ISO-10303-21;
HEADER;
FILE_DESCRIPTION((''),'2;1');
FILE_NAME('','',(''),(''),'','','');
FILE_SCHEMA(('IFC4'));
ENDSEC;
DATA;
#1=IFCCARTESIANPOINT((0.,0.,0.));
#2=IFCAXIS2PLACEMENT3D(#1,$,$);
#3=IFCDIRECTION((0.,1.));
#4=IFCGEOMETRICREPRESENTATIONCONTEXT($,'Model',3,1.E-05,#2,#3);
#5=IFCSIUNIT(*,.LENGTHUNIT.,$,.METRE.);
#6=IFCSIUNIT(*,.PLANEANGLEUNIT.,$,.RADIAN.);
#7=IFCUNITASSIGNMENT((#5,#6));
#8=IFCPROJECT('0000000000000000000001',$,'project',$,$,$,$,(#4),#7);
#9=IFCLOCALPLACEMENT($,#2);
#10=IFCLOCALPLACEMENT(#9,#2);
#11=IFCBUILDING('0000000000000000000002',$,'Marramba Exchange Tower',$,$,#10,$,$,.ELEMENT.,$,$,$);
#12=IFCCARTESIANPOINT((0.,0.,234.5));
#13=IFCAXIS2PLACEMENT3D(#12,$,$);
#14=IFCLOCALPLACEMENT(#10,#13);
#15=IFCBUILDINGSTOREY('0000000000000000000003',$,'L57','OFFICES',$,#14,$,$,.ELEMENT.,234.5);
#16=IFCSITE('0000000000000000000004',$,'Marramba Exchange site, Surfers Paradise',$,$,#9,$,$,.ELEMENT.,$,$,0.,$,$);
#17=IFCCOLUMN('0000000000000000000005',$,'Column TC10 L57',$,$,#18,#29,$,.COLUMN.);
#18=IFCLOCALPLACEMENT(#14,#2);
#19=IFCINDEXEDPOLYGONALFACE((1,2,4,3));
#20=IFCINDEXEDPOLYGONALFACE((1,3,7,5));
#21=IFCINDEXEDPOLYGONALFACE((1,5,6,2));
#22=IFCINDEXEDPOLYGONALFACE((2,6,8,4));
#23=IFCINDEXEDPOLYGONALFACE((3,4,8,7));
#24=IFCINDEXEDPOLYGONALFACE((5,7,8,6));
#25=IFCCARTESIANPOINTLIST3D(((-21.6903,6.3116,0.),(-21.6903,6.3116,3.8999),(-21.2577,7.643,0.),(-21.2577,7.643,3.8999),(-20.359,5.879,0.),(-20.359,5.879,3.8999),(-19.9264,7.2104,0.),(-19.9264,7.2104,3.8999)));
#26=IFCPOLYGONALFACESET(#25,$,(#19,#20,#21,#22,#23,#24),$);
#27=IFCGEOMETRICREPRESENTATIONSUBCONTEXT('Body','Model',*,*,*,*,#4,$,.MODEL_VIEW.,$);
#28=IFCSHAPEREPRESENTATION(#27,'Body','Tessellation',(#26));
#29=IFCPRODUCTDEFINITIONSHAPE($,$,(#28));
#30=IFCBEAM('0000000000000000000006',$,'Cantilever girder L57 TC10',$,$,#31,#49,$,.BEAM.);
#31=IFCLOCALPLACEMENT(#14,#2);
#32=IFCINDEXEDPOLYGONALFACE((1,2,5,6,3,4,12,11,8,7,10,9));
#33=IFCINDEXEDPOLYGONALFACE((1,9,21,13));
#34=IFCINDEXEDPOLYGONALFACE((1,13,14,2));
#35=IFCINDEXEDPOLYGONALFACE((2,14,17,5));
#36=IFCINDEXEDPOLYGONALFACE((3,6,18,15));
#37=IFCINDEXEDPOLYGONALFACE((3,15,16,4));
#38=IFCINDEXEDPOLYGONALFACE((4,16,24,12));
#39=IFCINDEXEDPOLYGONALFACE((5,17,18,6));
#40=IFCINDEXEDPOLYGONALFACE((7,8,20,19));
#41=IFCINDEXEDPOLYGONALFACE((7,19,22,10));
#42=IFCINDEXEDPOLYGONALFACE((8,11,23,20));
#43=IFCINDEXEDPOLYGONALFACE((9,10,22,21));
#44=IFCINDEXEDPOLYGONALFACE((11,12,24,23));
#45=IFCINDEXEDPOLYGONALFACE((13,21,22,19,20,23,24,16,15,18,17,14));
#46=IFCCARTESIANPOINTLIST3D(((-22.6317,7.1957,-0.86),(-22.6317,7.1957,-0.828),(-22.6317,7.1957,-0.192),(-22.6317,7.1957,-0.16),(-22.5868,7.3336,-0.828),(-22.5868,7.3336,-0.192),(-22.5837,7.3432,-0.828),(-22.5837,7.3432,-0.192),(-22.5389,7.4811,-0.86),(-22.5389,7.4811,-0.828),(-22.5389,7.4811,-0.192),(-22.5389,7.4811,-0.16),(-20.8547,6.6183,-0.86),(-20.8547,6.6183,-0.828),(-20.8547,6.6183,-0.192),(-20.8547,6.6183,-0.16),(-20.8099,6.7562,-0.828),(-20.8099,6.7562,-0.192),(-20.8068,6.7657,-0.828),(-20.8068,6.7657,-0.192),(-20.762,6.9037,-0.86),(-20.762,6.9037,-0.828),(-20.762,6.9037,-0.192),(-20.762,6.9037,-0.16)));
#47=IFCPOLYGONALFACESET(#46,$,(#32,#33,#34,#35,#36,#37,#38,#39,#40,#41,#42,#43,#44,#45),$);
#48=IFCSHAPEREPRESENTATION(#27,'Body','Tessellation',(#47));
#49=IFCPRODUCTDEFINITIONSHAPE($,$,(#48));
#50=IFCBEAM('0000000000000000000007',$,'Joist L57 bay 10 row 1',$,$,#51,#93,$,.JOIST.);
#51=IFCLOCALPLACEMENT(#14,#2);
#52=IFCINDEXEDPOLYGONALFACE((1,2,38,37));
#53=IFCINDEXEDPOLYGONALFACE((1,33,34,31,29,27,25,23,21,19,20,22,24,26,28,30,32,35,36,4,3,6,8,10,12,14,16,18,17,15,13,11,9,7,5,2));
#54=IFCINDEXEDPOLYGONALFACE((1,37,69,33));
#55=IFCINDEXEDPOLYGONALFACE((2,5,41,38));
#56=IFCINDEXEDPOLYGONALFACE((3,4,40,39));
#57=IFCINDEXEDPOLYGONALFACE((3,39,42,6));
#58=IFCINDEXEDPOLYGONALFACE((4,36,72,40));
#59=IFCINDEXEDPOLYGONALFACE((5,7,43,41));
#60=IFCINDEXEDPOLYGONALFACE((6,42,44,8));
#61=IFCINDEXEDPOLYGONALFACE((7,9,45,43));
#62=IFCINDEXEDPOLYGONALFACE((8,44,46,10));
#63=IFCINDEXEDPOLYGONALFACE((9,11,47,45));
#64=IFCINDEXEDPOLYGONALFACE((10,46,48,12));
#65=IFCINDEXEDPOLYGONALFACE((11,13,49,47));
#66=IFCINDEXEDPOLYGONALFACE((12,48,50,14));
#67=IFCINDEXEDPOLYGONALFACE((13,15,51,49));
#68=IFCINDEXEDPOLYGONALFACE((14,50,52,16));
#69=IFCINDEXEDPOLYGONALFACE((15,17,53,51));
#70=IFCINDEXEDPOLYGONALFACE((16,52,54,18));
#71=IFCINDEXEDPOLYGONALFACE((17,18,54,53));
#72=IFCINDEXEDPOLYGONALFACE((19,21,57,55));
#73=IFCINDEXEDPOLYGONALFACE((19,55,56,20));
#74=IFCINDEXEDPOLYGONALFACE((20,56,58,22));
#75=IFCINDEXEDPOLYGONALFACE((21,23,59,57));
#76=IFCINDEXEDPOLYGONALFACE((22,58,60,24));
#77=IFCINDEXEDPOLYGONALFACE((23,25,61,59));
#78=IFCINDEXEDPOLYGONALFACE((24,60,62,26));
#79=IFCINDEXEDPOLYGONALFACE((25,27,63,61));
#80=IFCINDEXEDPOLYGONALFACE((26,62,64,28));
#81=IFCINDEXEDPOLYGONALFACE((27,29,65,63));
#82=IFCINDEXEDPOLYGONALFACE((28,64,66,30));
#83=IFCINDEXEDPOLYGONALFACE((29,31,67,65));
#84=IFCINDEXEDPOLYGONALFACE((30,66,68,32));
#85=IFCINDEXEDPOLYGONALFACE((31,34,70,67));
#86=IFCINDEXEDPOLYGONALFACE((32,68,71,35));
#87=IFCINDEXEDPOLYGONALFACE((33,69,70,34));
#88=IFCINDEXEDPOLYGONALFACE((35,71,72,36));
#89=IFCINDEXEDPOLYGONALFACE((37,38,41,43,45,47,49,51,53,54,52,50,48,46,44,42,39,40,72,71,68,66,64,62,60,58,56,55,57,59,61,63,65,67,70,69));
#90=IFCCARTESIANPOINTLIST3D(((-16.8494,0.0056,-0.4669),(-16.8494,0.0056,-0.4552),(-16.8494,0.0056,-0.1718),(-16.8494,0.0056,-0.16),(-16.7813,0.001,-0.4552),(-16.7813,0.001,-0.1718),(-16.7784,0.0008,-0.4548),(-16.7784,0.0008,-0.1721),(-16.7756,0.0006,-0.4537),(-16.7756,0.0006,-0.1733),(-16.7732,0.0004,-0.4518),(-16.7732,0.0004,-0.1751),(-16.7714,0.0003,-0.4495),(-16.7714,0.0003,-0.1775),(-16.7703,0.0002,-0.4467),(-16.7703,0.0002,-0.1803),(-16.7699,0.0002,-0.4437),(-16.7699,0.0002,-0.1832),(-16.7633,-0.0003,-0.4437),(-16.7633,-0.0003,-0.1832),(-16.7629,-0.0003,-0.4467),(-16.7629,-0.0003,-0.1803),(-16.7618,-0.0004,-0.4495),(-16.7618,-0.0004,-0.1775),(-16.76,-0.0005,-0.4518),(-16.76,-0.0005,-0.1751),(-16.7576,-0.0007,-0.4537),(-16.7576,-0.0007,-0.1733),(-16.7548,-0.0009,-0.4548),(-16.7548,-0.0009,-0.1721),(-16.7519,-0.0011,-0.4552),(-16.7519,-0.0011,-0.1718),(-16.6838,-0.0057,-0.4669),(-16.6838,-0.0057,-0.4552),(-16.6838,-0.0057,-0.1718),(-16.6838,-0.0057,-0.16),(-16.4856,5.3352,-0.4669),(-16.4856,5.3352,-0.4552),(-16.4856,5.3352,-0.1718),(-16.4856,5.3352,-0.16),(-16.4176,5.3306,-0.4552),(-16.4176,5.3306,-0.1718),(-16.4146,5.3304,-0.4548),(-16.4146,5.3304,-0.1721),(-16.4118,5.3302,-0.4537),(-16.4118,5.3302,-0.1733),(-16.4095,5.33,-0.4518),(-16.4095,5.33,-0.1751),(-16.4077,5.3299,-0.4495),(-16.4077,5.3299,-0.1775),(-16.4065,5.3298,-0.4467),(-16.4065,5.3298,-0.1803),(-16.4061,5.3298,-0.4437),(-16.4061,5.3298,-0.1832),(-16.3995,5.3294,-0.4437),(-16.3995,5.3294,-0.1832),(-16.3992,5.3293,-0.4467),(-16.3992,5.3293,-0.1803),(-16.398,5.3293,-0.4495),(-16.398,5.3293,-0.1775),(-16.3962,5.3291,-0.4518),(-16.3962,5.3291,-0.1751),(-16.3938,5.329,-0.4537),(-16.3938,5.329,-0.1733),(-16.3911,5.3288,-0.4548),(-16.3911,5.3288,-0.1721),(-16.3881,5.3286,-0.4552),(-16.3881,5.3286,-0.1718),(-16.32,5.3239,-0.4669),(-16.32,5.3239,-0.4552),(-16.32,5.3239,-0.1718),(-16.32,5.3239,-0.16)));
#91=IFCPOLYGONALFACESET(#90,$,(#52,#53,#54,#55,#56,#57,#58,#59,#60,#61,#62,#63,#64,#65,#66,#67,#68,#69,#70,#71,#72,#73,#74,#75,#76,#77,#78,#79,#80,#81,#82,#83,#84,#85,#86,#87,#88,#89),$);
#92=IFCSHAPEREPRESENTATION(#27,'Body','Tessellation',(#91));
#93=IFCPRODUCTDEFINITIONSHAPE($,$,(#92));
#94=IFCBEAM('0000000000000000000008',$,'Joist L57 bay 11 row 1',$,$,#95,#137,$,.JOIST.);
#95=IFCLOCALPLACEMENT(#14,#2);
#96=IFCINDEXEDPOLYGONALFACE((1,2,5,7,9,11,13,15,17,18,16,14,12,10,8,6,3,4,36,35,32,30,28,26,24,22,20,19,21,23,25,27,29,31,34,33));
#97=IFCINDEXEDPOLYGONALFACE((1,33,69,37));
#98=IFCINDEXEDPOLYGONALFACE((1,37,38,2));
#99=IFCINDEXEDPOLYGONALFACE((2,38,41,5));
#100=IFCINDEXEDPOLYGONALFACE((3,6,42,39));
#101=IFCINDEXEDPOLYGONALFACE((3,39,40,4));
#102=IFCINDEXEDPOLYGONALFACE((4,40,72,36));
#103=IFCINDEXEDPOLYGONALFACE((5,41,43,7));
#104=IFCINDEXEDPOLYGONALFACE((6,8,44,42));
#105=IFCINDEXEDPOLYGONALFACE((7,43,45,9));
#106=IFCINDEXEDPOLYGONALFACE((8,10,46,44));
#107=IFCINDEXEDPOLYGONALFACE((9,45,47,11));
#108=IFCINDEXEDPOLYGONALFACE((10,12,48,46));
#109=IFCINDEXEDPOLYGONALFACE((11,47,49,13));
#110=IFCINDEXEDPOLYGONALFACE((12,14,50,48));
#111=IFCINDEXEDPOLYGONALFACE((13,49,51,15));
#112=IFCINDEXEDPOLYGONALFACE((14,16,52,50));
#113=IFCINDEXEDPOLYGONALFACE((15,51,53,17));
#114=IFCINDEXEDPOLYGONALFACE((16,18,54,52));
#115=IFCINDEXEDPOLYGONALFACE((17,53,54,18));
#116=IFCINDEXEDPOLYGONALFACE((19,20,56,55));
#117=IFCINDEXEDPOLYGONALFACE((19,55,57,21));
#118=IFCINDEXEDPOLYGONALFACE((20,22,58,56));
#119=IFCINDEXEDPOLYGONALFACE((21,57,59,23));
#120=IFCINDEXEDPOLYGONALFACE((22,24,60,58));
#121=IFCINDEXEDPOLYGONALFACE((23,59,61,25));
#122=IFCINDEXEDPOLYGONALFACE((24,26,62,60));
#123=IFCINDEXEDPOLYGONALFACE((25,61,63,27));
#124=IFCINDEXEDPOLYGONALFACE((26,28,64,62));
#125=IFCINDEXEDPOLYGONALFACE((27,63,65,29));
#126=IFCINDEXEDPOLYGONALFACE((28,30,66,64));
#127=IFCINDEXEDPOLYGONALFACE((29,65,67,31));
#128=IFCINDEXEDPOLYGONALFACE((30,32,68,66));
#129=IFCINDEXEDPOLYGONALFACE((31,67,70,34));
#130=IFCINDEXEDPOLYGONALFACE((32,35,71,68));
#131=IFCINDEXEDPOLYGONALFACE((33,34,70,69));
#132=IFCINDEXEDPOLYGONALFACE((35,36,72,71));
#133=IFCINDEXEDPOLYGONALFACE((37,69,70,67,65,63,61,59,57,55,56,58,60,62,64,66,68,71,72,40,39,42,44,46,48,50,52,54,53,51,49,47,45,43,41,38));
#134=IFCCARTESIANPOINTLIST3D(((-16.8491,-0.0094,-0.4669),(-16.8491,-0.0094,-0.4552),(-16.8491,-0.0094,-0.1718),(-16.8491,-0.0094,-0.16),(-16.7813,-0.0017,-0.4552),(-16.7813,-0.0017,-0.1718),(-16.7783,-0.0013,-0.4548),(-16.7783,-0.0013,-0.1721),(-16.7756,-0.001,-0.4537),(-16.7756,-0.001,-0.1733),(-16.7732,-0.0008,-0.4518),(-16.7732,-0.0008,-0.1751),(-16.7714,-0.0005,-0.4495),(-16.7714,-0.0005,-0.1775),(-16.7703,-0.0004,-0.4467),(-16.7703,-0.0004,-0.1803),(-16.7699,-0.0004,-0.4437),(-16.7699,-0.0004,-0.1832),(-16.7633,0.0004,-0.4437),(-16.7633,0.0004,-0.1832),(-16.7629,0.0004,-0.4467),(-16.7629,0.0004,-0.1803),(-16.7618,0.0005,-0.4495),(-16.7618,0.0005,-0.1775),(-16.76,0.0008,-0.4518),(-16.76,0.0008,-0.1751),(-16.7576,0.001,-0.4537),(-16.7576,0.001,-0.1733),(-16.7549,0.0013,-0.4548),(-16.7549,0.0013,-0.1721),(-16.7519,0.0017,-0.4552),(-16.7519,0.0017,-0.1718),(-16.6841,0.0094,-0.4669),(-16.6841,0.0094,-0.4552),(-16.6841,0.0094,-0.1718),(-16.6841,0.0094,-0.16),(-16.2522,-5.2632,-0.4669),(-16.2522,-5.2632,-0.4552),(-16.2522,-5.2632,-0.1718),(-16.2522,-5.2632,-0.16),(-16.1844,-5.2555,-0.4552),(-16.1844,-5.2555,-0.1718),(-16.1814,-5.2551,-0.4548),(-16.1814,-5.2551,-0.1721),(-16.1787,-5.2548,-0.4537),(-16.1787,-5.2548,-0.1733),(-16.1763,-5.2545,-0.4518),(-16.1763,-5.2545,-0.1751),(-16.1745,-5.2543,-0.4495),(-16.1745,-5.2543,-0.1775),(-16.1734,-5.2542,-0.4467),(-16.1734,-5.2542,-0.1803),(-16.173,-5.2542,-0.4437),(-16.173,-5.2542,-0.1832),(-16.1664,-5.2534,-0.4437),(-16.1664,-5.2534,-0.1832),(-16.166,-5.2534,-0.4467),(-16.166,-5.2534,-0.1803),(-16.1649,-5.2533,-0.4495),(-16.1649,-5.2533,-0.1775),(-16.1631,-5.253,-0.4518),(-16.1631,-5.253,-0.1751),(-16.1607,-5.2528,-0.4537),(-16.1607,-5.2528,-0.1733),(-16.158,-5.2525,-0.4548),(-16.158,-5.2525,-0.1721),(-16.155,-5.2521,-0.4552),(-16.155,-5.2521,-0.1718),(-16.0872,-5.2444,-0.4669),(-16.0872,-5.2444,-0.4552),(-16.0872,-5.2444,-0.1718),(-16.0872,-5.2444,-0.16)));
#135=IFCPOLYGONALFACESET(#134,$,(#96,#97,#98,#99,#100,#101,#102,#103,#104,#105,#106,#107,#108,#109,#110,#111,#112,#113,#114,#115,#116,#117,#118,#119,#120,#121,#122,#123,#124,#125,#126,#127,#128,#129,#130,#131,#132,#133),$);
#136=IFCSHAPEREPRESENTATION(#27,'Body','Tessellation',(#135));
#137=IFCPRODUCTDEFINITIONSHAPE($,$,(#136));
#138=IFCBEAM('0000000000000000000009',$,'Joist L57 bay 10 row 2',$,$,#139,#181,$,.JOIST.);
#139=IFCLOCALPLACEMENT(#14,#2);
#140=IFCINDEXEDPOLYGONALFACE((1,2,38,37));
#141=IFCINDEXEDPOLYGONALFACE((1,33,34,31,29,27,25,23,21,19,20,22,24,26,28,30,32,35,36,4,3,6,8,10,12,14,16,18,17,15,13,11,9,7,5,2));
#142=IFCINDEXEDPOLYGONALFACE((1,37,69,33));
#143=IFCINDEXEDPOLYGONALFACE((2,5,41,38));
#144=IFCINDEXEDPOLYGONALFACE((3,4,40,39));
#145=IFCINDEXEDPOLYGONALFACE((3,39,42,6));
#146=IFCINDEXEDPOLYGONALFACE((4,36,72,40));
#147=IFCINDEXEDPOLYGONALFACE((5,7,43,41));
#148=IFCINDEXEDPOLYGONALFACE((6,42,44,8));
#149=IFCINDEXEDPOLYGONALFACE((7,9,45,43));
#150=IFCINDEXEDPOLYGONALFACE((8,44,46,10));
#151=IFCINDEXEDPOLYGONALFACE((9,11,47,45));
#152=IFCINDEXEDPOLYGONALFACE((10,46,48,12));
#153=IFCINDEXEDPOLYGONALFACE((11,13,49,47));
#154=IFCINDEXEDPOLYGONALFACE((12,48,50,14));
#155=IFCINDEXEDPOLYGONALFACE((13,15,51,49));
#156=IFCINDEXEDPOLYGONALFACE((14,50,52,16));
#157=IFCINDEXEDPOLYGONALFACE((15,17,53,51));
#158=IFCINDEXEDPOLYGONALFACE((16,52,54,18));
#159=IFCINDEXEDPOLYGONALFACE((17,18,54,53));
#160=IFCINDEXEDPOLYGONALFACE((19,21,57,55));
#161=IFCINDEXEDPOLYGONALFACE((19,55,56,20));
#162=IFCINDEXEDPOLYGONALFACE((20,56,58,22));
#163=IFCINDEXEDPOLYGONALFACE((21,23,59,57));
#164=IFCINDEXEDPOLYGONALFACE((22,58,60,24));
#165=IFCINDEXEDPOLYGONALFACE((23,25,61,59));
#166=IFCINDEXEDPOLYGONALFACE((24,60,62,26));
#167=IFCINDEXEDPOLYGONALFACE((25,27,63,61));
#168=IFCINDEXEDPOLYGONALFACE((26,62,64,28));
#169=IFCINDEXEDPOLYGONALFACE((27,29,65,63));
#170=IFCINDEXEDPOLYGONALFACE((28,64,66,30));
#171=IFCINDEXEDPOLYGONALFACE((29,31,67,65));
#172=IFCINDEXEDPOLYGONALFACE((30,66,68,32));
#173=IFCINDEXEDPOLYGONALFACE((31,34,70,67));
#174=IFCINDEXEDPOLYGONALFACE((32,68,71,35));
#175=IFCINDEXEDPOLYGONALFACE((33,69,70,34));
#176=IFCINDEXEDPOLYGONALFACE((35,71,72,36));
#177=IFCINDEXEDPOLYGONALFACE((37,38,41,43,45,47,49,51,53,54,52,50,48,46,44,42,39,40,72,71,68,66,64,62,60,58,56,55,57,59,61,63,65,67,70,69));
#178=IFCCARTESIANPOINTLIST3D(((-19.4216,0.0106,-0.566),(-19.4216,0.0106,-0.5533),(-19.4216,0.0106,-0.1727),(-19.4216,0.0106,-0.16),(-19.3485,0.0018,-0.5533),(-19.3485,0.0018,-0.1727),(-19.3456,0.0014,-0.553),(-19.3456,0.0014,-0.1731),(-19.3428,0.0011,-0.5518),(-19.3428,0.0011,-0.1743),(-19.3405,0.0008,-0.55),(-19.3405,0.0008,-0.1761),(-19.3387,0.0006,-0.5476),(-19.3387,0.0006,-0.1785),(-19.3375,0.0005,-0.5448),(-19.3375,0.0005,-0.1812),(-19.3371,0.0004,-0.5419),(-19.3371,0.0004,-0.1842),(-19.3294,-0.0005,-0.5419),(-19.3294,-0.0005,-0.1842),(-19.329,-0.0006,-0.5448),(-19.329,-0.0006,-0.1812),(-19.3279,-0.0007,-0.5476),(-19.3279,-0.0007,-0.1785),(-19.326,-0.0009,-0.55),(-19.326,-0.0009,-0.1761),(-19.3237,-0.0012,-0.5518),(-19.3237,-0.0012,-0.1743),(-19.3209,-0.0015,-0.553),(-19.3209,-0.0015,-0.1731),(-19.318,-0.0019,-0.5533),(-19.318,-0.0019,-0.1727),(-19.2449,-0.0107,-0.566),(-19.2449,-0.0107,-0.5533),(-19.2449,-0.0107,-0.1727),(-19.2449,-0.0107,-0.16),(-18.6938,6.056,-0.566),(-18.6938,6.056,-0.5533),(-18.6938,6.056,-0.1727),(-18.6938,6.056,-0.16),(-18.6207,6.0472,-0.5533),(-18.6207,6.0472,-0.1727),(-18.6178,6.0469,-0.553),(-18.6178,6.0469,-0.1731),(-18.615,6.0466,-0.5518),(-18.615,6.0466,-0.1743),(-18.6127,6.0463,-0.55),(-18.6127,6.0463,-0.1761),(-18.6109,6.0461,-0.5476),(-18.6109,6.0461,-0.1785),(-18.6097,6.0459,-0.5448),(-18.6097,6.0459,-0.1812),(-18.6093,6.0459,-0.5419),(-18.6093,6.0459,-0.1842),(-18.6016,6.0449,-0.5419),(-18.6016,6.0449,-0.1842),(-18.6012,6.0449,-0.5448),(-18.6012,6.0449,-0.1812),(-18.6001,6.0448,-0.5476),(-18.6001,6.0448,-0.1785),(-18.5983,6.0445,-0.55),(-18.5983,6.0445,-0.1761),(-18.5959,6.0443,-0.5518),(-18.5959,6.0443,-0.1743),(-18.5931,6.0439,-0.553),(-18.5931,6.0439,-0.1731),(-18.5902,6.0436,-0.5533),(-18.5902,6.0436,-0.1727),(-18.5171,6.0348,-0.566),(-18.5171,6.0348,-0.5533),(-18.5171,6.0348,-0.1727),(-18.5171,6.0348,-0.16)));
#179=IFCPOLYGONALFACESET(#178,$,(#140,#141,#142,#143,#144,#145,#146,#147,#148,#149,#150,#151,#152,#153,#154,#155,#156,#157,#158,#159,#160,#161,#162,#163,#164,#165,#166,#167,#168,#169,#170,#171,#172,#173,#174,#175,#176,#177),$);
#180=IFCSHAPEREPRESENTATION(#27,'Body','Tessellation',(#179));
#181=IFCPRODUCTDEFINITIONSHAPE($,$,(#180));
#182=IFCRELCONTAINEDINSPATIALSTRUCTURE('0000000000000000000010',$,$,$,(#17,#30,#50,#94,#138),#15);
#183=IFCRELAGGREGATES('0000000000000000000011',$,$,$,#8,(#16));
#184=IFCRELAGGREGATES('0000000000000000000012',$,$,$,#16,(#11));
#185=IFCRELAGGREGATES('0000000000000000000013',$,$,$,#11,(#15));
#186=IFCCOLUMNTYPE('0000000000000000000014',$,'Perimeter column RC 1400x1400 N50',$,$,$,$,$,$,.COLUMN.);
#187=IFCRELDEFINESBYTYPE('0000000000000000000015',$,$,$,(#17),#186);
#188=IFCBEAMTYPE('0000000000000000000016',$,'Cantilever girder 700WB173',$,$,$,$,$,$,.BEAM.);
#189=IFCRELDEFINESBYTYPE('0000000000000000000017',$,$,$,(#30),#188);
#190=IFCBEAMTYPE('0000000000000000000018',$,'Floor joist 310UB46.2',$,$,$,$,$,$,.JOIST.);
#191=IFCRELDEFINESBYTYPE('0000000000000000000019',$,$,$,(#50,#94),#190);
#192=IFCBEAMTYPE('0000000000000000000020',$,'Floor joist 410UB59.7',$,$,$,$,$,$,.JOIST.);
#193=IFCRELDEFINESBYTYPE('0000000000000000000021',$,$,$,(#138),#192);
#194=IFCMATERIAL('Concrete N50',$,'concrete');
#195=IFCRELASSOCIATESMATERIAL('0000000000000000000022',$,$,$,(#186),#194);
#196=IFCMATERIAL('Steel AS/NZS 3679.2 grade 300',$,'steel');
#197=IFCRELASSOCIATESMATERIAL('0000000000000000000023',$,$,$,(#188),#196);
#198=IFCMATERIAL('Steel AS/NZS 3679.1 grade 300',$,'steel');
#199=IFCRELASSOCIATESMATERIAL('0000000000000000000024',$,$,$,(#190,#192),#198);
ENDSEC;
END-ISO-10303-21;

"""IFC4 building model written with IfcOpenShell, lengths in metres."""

from ifc_helpers import new_model, si_unit, direction, frame, origin, origin_2d, place, context, subcontext, project, spatial, rectangle, i_section, extrude, material, material_profile, profile_set, type_object, element, save


model = new_model("IFC4")

# Units and contexts
model_context = context("Model", 3, precision=1e-05, world=origin(), true_north=direction((0.0, 1.0)))
body_context = subcontext(model_context, "Body", "Model", "MODEL_VIEW")
ifc_project = project(units=[si_unit("LENGTHUNIT", "METRE"), si_unit("PLANEANGLEUNIT", "RADIAN")], contexts=[model_context])

# Site, building, storey
site_placement = place(None, origin())
site = spatial("IfcSite", under=ifc_project, at=site_placement, Name="Marramba Exchange site, Surfers Paradise", CompositionType="ELEMENT", RefElevation=0.0)
building_placement = place(site_placement, origin())
building = spatial("IfcBuilding", under=site, at=building_placement, Name="Marramba Exchange Tower", CompositionType="ELEMENT")
storey_placement = place(building_placement, frame((0.0, 0.0, 234.5)))
storey = spatial("IfcBuildingStorey", under=building, at=storey_placement, Name="L57", Description="OFFICES", CompositionType="ELEMENT", Elevation=234.5)

# Column
ifc_material_1 = material(Name="Concrete N50", Category="concrete")
ifc_material_profile_1 = material_profile(ifc_material_1, rectangle(XDim=1.3999, YDim=1.3999, at=origin_2d()), Name="RC 1400x1400")
ifc_profile_set_1 = profile_set([ifc_material_profile_1], Name="Concrete N50")
column_type = type_object("IfcColumnType", Name="Perimeter column RC 1400x1400 N50", PredefinedType="COLUMN", material=ifc_profile_set_1)
column_placement = place(storey_placement, frame((-20.8083, 6.761, 0.0), z_axis=(0.0, 0.0, 1.0), x_axis=(-0.951057, 0.309017, 0.0)))
element("IfcColumn", 1, at=column_placement, inside=storey, type_object=column_type, Name="Column TC10 L57", PredefinedType="COLUMN", context=body_context, shape_type="SweptSolid", body=[
    extrude(rectangle(XDim=1.3999, YDim=1.3999, at=origin_2d()), origin(), (0.0, 0.0, 1.0), 3.8999),
])

# Beams
ifc_material_2 = material(Name="Steel AS/NZS 3679.2 grade 300", Category="steel")
ifc_material_profile_2 = material_profile(ifc_material_2, i_section(OverallWidth=0.3, OverallDepth=0.7, WebThickness=0.01, FlangeThickness=0.032, at=origin_2d()), Name="700WB173")
ifc_profile_set_2 = profile_set([ifc_material_profile_2], Name="Steel AS/NZS 3679.2 grade 300")
beam_type_1 = type_object("IfcBeamType", Name="Cantilever girder 700WB173", PredefinedType="BEAM", material=ifc_profile_set_2)
beam_1_placement = place(storey_placement, frame((-20.8083, 6.761, -0.51), z_axis=(-0.951048, 0.309045, 0.0), x_axis=(-0.309045, -0.951048, 0.0)))
element("IfcBeam", 2, at=beam_1_placement, inside=storey, type_object=beam_type_1, Name="Cantilever girder L57 TC10", PredefinedType="BEAM", context=body_context, shape_type="SweptSolid", body=[
    extrude(i_section(OverallWidth=0.3, OverallDepth=0.7, WebThickness=0.01, FlangeThickness=0.032, at=origin_2d()), origin(), (0.0, 0.0, 1.0), 1.8684),
])
ifc_material_3 = material(Name="Steel AS/NZS 3679.1 grade 300", Category="steel")
ifc_material_profile_3 = material_profile(ifc_material_3, i_section(OverallWidth=0.166, OverallDepth=0.3069, WebThickness=0.0066, FlangeThickness=0.0117, FilletRadius=0.0115, at=origin_2d()), Name="310UB46.2")
ifc_profile_set_3 = profile_set([ifc_material_profile_3], Name="Steel AS/NZS 3679.1 grade 300")
beam_type_2 = type_object("IfcBeamType", Name="Floor joist 310UB46.2", PredefinedType="JOIST", material=ifc_profile_set_3)
beam_2_placement = place(storey_placement, frame((-16.4028, 5.3296, -0.3135), z_axis=(-0.068096, -0.997679, 0.0), x_axis=(0.997679, -0.068096, 0.0)))
element("IfcBeam", 3, at=beam_2_placement, inside=storey, type_object=beam_type_2, Name="Joist L57 bay 10 row 1", PredefinedType="JOIST", context=body_context, shape_type="SweptSolid", body=[
    extrude(i_section(OverallWidth=0.166, OverallDepth=0.3069, WebThickness=0.0066, FlangeThickness=0.0117, FilletRadius=0.0115, at=origin_2d()), origin(), (0.0, 0.0, 1.0), 5.342),
])
beam_3_placement = place(storey_placement, frame((-16.7666, 0.0, -0.3135), z_axis=(0.112889, -0.993608, 0.0), x_axis=(0.993608, 0.112889, 0.0)))
element("IfcBeam", 4, at=beam_3_placement, inside=storey, type_object=beam_type_2, Name="Joist L57 bay 11 row 1", PredefinedType="JOIST", context=body_context, shape_type="SweptSolid", body=[
    extrude(i_section(OverallWidth=0.166, OverallDepth=0.3069, WebThickness=0.0066, FlangeThickness=0.0117, FilletRadius=0.0115, at=origin_2d()), origin(), (0.0, 0.0, 1.0), 5.2876),
])
ifc_material_profile_4 = material_profile(ifc_material_3, i_section(OverallWidth=0.178, OverallDepth=0.406, WebThickness=0.0078, FlangeThickness=0.0127, FilletRadius=0.0115, at=origin_2d()), Name="410UB59.7")
ifc_profile_set_4 = profile_set([ifc_material_profile_4], Name="Steel AS/NZS 3679.1 grade 300")
beam_type_3 = type_object("IfcBeamType", Name="Floor joist 410UB59.7", PredefinedType="JOIST", material=ifc_profile_set_4)
beam_4_placement = place(storey_placement, frame((-18.6055, 6.0454, -0.363), z_axis=(-0.119523, -0.992831, 0.0), x_axis=(0.992831, -0.119523, 0.0)))
element("IfcBeam", 5, at=beam_4_placement, inside=storey, type_object=beam_type_3, Name="Joist L57 bay 10 row 2", PredefinedType="JOIST", context=body_context, shape_type="SweptSolid", body=[
    extrude(i_section(OverallWidth=0.178, OverallDepth=0.406, WebThickness=0.0078, FlangeThickness=0.0127, FilletRadius=0.0115, at=origin_2d()), origin(), (0.0, 0.0, 1.0), 6.0891),
])

save(model, "model.ifc")
